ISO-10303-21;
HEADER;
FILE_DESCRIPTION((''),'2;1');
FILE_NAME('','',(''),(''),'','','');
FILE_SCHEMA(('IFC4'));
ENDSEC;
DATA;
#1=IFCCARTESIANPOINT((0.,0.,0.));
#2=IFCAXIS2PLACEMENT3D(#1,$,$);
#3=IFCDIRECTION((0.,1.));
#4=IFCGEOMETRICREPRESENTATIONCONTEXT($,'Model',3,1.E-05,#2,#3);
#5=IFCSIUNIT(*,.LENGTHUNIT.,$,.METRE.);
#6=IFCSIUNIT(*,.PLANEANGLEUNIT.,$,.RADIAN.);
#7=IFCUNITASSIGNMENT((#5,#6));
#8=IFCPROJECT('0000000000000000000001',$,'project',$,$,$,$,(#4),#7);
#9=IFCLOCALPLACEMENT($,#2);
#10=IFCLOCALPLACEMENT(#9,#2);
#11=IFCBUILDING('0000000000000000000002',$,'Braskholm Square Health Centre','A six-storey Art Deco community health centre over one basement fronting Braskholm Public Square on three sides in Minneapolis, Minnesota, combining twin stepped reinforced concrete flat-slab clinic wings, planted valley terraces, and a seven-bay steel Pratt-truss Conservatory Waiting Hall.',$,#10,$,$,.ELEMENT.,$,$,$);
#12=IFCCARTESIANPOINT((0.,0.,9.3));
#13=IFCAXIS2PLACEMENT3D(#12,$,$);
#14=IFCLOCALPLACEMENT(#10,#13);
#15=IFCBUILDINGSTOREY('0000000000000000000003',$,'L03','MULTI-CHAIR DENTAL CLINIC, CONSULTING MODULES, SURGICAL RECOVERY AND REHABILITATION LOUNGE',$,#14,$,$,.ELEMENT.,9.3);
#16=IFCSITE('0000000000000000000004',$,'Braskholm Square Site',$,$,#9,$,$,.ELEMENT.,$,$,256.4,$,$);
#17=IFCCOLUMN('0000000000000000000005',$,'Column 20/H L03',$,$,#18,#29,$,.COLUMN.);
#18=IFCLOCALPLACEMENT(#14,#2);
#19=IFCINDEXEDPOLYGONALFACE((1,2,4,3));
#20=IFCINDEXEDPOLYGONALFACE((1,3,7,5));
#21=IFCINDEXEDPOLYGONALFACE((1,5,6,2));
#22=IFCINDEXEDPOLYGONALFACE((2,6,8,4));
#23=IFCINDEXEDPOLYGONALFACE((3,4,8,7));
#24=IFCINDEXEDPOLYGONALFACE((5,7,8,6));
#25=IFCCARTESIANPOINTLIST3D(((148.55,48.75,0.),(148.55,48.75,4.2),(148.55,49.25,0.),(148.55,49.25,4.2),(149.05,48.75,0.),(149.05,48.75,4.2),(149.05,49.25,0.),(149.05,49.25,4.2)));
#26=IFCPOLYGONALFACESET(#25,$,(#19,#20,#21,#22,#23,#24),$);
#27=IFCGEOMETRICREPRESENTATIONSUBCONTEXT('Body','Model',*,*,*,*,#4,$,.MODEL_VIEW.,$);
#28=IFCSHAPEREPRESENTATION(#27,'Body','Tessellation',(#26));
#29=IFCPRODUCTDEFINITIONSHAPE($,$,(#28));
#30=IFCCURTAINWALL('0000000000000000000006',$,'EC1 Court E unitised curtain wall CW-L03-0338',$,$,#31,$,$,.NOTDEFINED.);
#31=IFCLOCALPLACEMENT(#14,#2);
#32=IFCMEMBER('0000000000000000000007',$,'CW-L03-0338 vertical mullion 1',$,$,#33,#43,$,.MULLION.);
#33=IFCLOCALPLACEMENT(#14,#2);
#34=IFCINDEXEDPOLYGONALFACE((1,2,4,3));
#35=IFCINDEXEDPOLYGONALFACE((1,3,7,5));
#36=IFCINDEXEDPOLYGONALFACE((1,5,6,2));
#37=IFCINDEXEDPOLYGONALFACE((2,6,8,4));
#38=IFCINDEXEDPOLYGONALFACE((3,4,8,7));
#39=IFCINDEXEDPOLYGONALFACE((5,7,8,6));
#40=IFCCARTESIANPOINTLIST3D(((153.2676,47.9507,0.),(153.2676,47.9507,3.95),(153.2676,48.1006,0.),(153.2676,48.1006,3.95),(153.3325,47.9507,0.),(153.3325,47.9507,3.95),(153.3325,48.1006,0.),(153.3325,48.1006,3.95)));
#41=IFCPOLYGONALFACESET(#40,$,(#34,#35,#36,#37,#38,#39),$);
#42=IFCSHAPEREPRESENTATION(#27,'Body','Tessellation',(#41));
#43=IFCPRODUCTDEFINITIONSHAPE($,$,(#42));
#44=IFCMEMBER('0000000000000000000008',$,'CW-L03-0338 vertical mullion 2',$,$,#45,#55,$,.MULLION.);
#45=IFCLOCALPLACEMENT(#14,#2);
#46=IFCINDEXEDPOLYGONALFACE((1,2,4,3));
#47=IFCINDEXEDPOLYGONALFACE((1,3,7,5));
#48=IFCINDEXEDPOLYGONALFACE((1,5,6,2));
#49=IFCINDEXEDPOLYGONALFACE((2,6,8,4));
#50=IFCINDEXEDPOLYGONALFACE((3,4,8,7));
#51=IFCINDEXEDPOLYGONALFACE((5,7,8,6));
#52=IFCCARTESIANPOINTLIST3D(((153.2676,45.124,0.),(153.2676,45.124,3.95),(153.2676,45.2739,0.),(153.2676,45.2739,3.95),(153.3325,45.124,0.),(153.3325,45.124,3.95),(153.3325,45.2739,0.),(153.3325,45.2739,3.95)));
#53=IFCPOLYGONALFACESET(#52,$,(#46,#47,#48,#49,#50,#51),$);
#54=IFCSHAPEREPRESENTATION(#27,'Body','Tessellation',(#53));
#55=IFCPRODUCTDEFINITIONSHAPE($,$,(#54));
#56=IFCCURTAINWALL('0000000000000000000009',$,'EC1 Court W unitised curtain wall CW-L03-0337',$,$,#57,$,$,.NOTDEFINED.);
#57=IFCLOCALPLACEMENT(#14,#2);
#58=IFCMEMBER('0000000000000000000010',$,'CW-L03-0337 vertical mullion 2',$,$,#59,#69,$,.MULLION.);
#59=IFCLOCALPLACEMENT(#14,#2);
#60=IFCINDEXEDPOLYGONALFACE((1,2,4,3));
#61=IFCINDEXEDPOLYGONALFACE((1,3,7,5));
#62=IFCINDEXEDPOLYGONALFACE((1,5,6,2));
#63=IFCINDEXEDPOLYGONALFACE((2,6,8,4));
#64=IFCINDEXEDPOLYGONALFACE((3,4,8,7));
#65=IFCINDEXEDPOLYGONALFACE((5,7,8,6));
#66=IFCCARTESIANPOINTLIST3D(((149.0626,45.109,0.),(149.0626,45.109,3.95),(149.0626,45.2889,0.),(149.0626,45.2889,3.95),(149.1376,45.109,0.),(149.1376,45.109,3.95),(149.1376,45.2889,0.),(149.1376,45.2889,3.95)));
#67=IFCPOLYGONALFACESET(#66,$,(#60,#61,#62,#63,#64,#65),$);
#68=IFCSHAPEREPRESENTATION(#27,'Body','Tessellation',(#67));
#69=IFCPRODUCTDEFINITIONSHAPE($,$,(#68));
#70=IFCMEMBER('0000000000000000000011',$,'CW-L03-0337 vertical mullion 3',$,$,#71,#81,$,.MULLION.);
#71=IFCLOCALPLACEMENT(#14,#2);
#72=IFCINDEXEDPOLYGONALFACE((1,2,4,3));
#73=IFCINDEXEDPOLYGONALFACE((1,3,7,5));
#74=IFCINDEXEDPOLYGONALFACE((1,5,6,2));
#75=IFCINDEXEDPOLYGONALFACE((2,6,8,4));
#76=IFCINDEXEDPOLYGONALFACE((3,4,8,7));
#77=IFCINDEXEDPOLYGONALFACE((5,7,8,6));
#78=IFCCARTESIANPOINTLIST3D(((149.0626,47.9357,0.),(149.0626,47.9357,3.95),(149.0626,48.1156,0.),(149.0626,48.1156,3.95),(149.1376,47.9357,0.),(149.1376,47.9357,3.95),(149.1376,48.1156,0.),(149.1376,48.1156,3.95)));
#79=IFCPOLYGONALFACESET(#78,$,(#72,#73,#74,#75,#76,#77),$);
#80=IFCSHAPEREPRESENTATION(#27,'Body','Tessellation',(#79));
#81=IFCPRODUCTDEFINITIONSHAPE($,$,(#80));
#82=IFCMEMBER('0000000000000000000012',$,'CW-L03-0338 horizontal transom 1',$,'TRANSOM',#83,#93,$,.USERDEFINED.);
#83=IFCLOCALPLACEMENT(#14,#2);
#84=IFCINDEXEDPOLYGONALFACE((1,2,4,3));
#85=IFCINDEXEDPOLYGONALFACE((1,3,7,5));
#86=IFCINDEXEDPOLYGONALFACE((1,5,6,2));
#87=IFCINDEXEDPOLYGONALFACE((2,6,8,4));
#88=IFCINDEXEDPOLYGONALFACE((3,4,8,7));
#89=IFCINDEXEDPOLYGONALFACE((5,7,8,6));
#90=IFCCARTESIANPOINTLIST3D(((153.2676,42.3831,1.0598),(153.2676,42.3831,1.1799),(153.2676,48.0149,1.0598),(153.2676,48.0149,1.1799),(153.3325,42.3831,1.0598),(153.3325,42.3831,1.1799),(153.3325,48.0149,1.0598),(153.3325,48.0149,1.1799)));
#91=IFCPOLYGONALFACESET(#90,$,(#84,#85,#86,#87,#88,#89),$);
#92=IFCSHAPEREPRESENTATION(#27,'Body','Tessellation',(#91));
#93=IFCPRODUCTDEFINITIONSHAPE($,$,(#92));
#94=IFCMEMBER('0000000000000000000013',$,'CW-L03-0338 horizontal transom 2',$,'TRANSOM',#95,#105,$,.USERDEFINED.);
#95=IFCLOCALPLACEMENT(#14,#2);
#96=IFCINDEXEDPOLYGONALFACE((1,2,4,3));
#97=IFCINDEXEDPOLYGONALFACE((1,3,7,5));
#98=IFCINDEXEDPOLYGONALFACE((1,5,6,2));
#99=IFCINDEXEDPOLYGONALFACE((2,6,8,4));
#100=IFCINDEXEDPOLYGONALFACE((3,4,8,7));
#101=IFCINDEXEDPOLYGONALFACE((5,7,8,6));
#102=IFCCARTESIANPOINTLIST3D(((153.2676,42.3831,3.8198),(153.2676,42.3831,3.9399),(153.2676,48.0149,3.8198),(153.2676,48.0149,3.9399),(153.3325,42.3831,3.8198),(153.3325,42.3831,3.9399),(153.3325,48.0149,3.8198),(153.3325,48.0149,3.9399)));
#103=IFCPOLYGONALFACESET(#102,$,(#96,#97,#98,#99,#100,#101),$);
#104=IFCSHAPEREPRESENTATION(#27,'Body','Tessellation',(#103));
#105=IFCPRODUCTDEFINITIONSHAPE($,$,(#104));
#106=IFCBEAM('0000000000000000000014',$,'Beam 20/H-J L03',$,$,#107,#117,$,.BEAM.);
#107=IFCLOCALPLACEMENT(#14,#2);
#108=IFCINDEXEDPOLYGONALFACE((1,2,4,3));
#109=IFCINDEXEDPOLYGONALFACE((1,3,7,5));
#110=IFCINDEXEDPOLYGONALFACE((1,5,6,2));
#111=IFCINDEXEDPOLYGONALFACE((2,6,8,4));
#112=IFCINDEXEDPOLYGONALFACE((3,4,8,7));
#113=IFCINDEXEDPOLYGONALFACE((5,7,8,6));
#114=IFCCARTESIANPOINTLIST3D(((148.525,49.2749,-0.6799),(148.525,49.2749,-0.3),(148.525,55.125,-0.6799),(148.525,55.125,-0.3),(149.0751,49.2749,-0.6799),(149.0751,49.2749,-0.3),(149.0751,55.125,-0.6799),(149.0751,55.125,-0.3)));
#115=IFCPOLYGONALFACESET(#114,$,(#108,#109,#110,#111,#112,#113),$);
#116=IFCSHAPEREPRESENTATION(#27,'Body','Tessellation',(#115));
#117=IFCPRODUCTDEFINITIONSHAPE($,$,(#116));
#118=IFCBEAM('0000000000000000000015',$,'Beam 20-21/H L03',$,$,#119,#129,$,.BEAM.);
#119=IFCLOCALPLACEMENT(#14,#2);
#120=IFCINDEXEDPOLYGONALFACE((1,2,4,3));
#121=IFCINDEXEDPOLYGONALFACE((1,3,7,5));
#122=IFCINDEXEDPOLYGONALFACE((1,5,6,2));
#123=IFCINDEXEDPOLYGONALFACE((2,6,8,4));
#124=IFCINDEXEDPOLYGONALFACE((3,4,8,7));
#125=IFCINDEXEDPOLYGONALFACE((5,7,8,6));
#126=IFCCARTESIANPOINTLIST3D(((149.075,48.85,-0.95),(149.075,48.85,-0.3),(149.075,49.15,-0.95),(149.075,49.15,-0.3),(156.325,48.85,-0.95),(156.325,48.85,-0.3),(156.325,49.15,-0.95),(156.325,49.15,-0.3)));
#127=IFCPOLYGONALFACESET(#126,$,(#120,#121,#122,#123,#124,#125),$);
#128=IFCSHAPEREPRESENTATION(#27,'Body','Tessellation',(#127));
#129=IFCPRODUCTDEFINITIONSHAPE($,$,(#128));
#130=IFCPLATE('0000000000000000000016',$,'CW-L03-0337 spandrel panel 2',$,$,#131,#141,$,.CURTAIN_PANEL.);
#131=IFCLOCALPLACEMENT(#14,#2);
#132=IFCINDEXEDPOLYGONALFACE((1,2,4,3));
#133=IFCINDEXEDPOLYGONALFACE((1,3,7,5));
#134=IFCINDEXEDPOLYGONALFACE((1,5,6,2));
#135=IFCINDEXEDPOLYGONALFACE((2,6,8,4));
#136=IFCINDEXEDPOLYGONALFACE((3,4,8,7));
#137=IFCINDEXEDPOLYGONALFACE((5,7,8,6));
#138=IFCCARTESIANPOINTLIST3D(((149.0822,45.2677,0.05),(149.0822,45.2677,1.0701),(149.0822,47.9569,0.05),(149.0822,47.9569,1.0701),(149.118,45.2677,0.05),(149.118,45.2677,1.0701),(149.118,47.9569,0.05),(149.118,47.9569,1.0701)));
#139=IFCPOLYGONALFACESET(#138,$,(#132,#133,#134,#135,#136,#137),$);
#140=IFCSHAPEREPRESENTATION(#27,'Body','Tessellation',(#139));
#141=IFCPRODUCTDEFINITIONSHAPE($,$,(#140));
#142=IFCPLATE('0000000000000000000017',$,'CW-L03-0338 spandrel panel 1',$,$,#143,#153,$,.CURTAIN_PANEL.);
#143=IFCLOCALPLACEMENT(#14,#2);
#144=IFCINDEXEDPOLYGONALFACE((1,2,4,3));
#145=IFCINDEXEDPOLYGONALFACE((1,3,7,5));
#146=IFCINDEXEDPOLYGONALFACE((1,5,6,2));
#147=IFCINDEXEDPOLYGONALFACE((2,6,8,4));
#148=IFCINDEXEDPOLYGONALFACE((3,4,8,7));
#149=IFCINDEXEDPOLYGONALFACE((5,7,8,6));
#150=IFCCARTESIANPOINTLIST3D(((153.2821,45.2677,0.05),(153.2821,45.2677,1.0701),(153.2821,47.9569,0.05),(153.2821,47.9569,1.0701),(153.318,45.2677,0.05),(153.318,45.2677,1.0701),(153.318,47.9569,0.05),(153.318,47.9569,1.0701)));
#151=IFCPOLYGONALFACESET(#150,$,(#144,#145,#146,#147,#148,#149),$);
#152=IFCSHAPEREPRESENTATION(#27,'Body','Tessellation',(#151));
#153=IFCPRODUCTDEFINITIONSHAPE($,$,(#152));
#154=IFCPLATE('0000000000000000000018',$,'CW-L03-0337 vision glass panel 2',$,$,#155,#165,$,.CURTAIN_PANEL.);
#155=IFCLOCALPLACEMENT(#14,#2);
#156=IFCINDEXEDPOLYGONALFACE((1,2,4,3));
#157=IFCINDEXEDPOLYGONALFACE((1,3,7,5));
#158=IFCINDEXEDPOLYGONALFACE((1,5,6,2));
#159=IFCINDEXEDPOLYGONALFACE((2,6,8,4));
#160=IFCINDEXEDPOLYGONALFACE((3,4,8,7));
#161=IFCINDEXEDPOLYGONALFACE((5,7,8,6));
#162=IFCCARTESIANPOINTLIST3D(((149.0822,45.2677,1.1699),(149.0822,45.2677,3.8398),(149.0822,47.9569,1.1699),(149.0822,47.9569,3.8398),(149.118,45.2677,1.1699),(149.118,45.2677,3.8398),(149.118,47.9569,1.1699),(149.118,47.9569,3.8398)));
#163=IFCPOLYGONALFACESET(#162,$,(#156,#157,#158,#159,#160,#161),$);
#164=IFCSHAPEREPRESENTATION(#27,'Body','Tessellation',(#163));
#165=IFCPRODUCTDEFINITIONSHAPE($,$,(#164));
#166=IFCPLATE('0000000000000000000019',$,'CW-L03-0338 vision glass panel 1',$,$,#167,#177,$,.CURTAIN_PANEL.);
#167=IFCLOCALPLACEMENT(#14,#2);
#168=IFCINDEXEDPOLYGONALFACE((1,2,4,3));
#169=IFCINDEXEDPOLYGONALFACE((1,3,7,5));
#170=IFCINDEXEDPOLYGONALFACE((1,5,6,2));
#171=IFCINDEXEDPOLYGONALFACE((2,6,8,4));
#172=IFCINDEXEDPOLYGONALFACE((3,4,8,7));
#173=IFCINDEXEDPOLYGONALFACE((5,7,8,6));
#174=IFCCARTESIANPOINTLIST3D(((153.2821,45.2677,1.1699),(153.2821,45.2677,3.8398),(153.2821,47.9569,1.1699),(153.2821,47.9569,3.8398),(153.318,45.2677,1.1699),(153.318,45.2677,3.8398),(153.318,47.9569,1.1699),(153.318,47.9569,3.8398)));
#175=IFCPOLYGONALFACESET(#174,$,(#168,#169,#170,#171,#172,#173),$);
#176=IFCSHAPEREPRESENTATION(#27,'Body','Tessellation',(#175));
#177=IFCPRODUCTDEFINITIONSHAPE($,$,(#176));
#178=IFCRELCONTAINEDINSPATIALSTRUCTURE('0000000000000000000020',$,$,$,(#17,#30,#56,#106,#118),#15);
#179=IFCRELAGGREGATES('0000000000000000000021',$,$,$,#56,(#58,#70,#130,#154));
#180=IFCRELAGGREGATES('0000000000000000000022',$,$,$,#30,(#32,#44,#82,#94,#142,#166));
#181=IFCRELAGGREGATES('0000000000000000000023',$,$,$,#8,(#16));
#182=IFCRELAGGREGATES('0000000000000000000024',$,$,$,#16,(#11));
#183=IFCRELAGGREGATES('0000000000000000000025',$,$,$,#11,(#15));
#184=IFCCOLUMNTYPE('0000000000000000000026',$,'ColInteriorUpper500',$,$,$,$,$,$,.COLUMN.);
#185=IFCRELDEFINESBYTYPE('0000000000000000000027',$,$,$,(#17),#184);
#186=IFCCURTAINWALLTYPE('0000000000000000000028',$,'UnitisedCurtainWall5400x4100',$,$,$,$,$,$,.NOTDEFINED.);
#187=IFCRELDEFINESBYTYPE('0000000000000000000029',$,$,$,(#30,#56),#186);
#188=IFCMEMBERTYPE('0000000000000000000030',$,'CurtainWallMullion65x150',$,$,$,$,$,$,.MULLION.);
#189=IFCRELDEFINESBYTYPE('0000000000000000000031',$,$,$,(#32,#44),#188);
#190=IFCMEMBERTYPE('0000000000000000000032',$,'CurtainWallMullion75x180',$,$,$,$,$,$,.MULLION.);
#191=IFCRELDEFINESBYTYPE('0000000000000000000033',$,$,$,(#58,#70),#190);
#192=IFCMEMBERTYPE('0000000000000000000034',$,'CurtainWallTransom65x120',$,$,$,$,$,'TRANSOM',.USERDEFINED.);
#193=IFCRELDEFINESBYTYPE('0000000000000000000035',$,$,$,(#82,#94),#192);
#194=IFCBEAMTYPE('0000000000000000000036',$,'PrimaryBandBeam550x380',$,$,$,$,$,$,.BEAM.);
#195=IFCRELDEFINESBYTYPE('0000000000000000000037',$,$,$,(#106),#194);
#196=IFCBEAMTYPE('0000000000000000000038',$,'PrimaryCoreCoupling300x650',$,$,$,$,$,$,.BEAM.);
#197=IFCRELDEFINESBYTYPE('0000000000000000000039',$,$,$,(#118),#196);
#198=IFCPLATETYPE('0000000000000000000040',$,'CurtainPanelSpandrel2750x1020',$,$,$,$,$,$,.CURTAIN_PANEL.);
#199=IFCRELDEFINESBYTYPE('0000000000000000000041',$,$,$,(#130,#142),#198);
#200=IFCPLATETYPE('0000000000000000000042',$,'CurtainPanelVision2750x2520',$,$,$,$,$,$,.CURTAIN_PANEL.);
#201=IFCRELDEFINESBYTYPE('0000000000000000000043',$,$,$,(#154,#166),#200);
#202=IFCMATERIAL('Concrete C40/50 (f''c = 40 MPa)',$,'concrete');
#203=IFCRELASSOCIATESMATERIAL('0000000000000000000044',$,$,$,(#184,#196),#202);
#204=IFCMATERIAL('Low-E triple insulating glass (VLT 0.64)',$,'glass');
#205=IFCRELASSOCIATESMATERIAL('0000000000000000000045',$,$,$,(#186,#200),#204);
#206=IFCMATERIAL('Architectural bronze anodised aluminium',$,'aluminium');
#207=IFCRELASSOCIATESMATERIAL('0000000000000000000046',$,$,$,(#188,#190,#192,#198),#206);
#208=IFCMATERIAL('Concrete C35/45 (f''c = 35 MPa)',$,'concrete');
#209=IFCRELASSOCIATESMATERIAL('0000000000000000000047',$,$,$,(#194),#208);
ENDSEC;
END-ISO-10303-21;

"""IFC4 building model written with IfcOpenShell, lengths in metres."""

from ifc_helpers import new_model, si_unit, direction, frame, origin, origin_2d, place, context, subcontext, project, spatial, rectangle, extrude, material, material_profile, profile_set, type_object, element, aggregate, save


model = new_model("IFC4")

# Units and contexts
model_context = context("Model", 3, precision=1e-05, world=origin(), true_north=direction((0.0, 1.0)))
body_context = subcontext(model_context, "Body", "Model", "MODEL_VIEW")
ifc_project = project(units=[si_unit("LENGTHUNIT", "METRE"), si_unit("PLANEANGLEUNIT", "RADIAN")], contexts=[model_context])

# Site, building, storey
site_placement = place(None, origin())
site = spatial("IfcSite", under=ifc_project, at=site_placement, Name="Braskholm Square Site", CompositionType="ELEMENT", RefElevation=256.4)
building_placement = place(site_placement, origin())
building = spatial("IfcBuilding", under=site, at=building_placement, Name="Braskholm Square Health Centre", Description="A six-storey Art Deco community health centre over one basement fronting Braskholm Public Square on three sides in Minneapolis, Minnesota, combining twin stepped reinforced concrete flat-slab clinic wings, planted valley terraces, and a seven-bay steel Pratt-truss Conservatory Waiting Hall.", CompositionType="ELEMENT")
storey_placement = place(building_placement, frame((0.0, 0.0, 9.3)))
storey = spatial("IfcBuildingStorey", under=building, at=storey_placement, Name="L03", Description="MULTI-CHAIR DENTAL CLINIC, CONSULTING MODULES, SURGICAL RECOVERY AND REHABILITATION LOUNGE", CompositionType="ELEMENT", Elevation=9.3)

# Column
ifc_material_1 = material(Name="Concrete C40/50 (f'c = 40 MPa)", Category="concrete")
ifc_material_profile_1 = material_profile(ifc_material_1, rectangle(XDim=0.5, YDim=0.5, at=origin_2d()), Name="RC-500X500")
ifc_profile_set_1 = profile_set([ifc_material_profile_1], Name="Concrete C40/50 (f'c = 40 MPa)")
column_type = type_object("IfcColumnType", Name="ColInteriorUpper500", PredefinedType="COLUMN", material=ifc_profile_set_1)
column_placement = place(storey_placement, frame((148.8, 49.0, 0.0), z_axis=(0.0, 0.0, 1.0), x_axis=(1.0, 0.0, 0.0)))
element("IfcColumn", 1, at=column_placement, inside=storey, type_object=column_type, Name="Column 20/H L03", PredefinedType="COLUMN", context=body_context, shape_type="SweptSolid", body=[
    extrude(rectangle(XDim=0.5, YDim=0.5, at=origin_2d()), origin(), (0.0, 0.0, 1.0), 4.2),
])

# Curtain walls, members
ifc_material_2 = material(Name="Low-E triple insulating glass (VLT 0.64)", Category="glass")
curtain_wall_type = type_object("IfcCurtainWallType", Name="UnitisedCurtainWall5400x4100", PredefinedType="NOTDEFINED", material=ifc_material_2)
curtain_wall_1_placement = place(storey_placement, origin())
curtain_wall_1 = element("IfcCurtainWall", 2, at=curtain_wall_1_placement, inside=storey, type_object=curtain_wall_type, Name="EC1 Court E unitised curtain wall CW-L03-0338", PredefinedType="NOTDEFINED")
ifc_material_3 = material(Name="Architectural bronze anodised aluminium", Category="aluminium")
ifc_material_profile_2 = material_profile(ifc_material_3, rectangle(XDim=0.0649, YDim=0.1499, at=origin_2d()), Name="ALU-65X150")
ifc_profile_set_2 = profile_set([ifc_material_profile_2], Name="Architectural bronze anodised aluminium")
member_type_1 = type_object("IfcMemberType", Name="CurtainWallMullion65x150", PredefinedType="MULLION", material=ifc_profile_set_2)
member_1_placement = place(storey_placement, frame((153.3, 48.0256, 0.0), z_axis=(0.0, 0.0, 1.0), x_axis=(1.0, 0.0, 0.0)))
member_1 = element("IfcMember", 3, at=member_1_placement, type_object=member_type_1, Name="CW-L03-0338 vertical mullion 1", PredefinedType="MULLION", context=body_context, shape_type="SweptSolid", body=[
    extrude(rectangle(XDim=0.0649, YDim=0.1499, at=origin_2d()), origin(), (0.0, 0.0, 1.0), 3.95),
])
member_2_placement = place(storey_placement, frame((153.3, 45.199, 0.0), z_axis=(0.0, 0.0, 1.0), x_axis=(1.0, 0.0, 0.0)))
member_2 = element("IfcMember", 4, at=member_2_placement, type_object=member_type_1, Name="CW-L03-0338 vertical mullion 2", PredefinedType="MULLION", context=body_context, shape_type="SweptSolid", body=[
    extrude(rectangle(XDim=0.0649, YDim=0.1499, at=origin_2d()), origin(), (0.0, 0.0, 1.0), 3.95),
])
curtain_wall_2_placement = place(storey_placement, origin())
curtain_wall_2 = element("IfcCurtainWall", 5, at=curtain_wall_2_placement, inside=storey, type_object=curtain_wall_type, Name="EC1 Court W unitised curtain wall CW-L03-0337", PredefinedType="NOTDEFINED")
ifc_material_profile_3 = material_profile(ifc_material_3, rectangle(XDim=0.075, YDim=0.1799, at=origin_2d()), Name="ALU-75X180")
ifc_profile_set_3 = profile_set([ifc_material_profile_3], Name="Architectural bronze anodised aluminium")
member_type_2 = type_object("IfcMemberType", Name="CurtainWallMullion75x180", PredefinedType="MULLION", material=ifc_profile_set_3)
member_3_placement = place(storey_placement, frame((149.1001, 45.199, 0.0), z_axis=(0.0, 0.0, 1.0), x_axis=(1.0, 0.0, 0.0)))
member_3 = element("IfcMember", 6, at=member_3_placement, type_object=member_type_2, Name="CW-L03-0337 vertical mullion 2", PredefinedType="MULLION", context=body_context, shape_type="SweptSolid", body=[
    extrude(rectangle(XDim=0.075, YDim=0.1799, at=origin_2d()), origin(), (0.0, 0.0, 1.0), 3.95),
])
member_4_placement = place(storey_placement, frame((149.1001, 48.0256, 0.0), z_axis=(0.0, 0.0, 1.0), x_axis=(1.0, 0.0, 0.0)))
member_4 = element("IfcMember", 7, at=member_4_placement, type_object=member_type_2, Name="CW-L03-0337 vertical mullion 3", PredefinedType="MULLION", context=body_context, shape_type="SweptSolid", body=[
    extrude(rectangle(XDim=0.075, YDim=0.1799, at=origin_2d()), origin(), (0.0, 0.0, 1.0), 3.95),
])

# Members
ifc_material_profile_4 = material_profile(ifc_material_3, rectangle(XDim=0.0649, YDim=0.1201, at=origin_2d()), Name="ALU-65X120")
ifc_profile_set_4 = profile_set([ifc_material_profile_4], Name="Architectural bronze anodised aluminium")
member_type_3 = type_object("IfcMemberType", Name="CurtainWallTransom65x120", ElementType="TRANSOM", PredefinedType="USERDEFINED", material=ifc_profile_set_4)
member_5_placement = place(storey_placement, frame((153.3, 48.0149, 1.1199), z_axis=(0.0, -1.0, 0.0), x_axis=(1.0, 0.0, 0.0)))
member_5 = element("IfcMember", 8, at=member_5_placement, type_object=member_type_3, Name="CW-L03-0338 horizontal transom 1", ObjectType="TRANSOM", PredefinedType="USERDEFINED", context=body_context, shape_type="SweptSolid", body=[
    extrude(rectangle(XDim=0.0649, YDim=0.1201, at=origin_2d()), origin(), (0.0, 0.0, 1.0), 5.6318),
])
member_6_placement = place(storey_placement, frame((153.3, 48.0149, 3.8799), z_axis=(0.0, -1.0, 0.0), x_axis=(1.0, 0.0, 0.0)))
member_6 = element("IfcMember", 9, at=member_6_placement, type_object=member_type_3, Name="CW-L03-0338 horizontal transom 2", ObjectType="TRANSOM", PredefinedType="USERDEFINED", context=body_context, shape_type="SweptSolid", body=[
    extrude(rectangle(XDim=0.0649, YDim=0.1201, at=origin_2d()), origin(), (0.0, 0.0, 1.0), 5.6318),
])

# Beams
ifc_material_4 = material(Name="Concrete C35/45 (f'c = 35 MPa)", Category="concrete")
ifc_material_profile_5 = material_profile(ifc_material_4, rectangle(XDim=0.55, YDim=0.3799, at=origin_2d()), Name="RCB-550X380")
ifc_profile_set_5 = profile_set([ifc_material_profile_5], Name="Concrete C35/45 (f'c = 35 MPa)")
beam_type_1 = type_object("IfcBeamType", Name="PrimaryBandBeam550x380", PredefinedType="BEAM", material=ifc_profile_set_5)
beam_1_placement = place(storey_placement, frame((148.8, 49.2749, -0.49), z_axis=(0.0, 1.0, 0.0), x_axis=(-1.0, 0.0, 0.0)))
element("IfcBeam", 10, at=beam_1_placement, inside=storey, type_object=beam_type_1, Name="Beam 20/H-J L03", PredefinedType="BEAM", context=body_context, shape_type="SweptSolid", body=[
    extrude(rectangle(XDim=0.55, YDim=0.3799, at=origin_2d()), origin(), (0.0, 0.0, 1.0), 5.8501),
])
ifc_material_profile_6 = material_profile(ifc_material_1, rectangle(XDim=0.3, YDim=0.6499, at=origin_2d()), Name="RCB-300X650")
ifc_profile_set_6 = profile_set([ifc_material_profile_6], Name="Concrete C40/50 (f'c = 40 MPa)")
beam_type_2 = type_object("IfcBeamType", Name="PrimaryCoreCoupling300x650", PredefinedType="BEAM", material=ifc_profile_set_6)
beam_2_placement = place(storey_placement, frame((149.075, 49.0, -0.625), z_axis=(1.0, 0.0, 0.0), x_axis=(0.0, 1.0, 0.0)))
element("IfcBeam", 11, at=beam_2_placement, inside=storey, type_object=beam_type_2, Name="Beam 20-21/H L03", PredefinedType="BEAM", context=body_context, shape_type="SweptSolid", body=[
    extrude(rectangle(XDim=0.3, YDim=0.6499, at=origin_2d()), origin(), (0.0, 0.0, 1.0), 7.25),
])

# Plates
plate_type_1 = type_object("IfcPlateType", Name="CurtainPanelSpandrel2750x1020", PredefinedType="CURTAIN_PANEL", material=ifc_material_3)
plate_1_placement = place(storey_placement, frame((149.1001, 46.6123, 0.05), z_axis=(0.0, 0.0, 1.0), x_axis=(0.0, 1.0, 0.0)))
plate_1 = element("IfcPlate", 12, at=plate_1_placement, type_object=plate_type_1, Name="CW-L03-0337 spandrel panel 2", PredefinedType="CURTAIN_PANEL", context=body_context, shape_type="SweptSolid", body=[
    extrude(rectangle(XDim=2.6892, YDim=0.0359, at=origin_2d()), origin(), (0.0, 0.0, 1.0), 1.02),
])
plate_2_placement = place(storey_placement, frame((153.3, 46.6123, 0.05), z_axis=(0.0, 0.0, 1.0), x_axis=(0.0, -1.0, 0.0)))
plate_2 = element("IfcPlate", 13, at=plate_2_placement, type_object=plate_type_1, Name="CW-L03-0338 spandrel panel 1", PredefinedType="CURTAIN_PANEL", context=body_context, shape_type="SweptSolid", body=[
    extrude(rectangle(XDim=2.6892, YDim=0.0359, at=origin_2d()), origin(), (0.0, 0.0, 1.0), 1.02),
])
plate_type_2 = type_object("IfcPlateType", Name="CurtainPanelVision2750x2520", PredefinedType="CURTAIN_PANEL", material=ifc_material_2)
plate_3_placement = place(storey_placement, frame((149.1001, 46.6123, 1.1699), z_axis=(0.0, 0.0, 1.0), x_axis=(0.0, 1.0, 0.0)))
plate_3 = element("IfcPlate", 14, at=plate_3_placement, type_object=plate_type_2, Name="CW-L03-0337 vision glass panel 2", PredefinedType="CURTAIN_PANEL", context=body_context, shape_type="SweptSolid", body=[
    extrude(rectangle(XDim=2.6892, YDim=0.0359, at=origin_2d()), origin(), (0.0, 0.0, 1.0), 2.6699),
])
aggregate(curtain_wall_2, [member_3, member_4, plate_1, plate_3])
plate_4_placement = place(storey_placement, frame((153.3, 46.6123, 1.1699), z_axis=(0.0, 0.0, 1.0), x_axis=(0.0, -1.0, 0.0)))
plate_4 = element("IfcPlate", 15, at=plate_4_placement, type_object=plate_type_2, Name="CW-L03-0338 vision glass panel 1", PredefinedType="CURTAIN_PANEL", context=body_context, shape_type="SweptSolid", body=[
    extrude(rectangle(XDim=2.6892, YDim=0.0359, at=origin_2d()), origin(), (0.0, 0.0, 1.0), 2.6699),
])
aggregate(curtain_wall_1, [member_1, member_2, member_5, member_6, plate_2, plate_4])

save(model, "model.ifc")
